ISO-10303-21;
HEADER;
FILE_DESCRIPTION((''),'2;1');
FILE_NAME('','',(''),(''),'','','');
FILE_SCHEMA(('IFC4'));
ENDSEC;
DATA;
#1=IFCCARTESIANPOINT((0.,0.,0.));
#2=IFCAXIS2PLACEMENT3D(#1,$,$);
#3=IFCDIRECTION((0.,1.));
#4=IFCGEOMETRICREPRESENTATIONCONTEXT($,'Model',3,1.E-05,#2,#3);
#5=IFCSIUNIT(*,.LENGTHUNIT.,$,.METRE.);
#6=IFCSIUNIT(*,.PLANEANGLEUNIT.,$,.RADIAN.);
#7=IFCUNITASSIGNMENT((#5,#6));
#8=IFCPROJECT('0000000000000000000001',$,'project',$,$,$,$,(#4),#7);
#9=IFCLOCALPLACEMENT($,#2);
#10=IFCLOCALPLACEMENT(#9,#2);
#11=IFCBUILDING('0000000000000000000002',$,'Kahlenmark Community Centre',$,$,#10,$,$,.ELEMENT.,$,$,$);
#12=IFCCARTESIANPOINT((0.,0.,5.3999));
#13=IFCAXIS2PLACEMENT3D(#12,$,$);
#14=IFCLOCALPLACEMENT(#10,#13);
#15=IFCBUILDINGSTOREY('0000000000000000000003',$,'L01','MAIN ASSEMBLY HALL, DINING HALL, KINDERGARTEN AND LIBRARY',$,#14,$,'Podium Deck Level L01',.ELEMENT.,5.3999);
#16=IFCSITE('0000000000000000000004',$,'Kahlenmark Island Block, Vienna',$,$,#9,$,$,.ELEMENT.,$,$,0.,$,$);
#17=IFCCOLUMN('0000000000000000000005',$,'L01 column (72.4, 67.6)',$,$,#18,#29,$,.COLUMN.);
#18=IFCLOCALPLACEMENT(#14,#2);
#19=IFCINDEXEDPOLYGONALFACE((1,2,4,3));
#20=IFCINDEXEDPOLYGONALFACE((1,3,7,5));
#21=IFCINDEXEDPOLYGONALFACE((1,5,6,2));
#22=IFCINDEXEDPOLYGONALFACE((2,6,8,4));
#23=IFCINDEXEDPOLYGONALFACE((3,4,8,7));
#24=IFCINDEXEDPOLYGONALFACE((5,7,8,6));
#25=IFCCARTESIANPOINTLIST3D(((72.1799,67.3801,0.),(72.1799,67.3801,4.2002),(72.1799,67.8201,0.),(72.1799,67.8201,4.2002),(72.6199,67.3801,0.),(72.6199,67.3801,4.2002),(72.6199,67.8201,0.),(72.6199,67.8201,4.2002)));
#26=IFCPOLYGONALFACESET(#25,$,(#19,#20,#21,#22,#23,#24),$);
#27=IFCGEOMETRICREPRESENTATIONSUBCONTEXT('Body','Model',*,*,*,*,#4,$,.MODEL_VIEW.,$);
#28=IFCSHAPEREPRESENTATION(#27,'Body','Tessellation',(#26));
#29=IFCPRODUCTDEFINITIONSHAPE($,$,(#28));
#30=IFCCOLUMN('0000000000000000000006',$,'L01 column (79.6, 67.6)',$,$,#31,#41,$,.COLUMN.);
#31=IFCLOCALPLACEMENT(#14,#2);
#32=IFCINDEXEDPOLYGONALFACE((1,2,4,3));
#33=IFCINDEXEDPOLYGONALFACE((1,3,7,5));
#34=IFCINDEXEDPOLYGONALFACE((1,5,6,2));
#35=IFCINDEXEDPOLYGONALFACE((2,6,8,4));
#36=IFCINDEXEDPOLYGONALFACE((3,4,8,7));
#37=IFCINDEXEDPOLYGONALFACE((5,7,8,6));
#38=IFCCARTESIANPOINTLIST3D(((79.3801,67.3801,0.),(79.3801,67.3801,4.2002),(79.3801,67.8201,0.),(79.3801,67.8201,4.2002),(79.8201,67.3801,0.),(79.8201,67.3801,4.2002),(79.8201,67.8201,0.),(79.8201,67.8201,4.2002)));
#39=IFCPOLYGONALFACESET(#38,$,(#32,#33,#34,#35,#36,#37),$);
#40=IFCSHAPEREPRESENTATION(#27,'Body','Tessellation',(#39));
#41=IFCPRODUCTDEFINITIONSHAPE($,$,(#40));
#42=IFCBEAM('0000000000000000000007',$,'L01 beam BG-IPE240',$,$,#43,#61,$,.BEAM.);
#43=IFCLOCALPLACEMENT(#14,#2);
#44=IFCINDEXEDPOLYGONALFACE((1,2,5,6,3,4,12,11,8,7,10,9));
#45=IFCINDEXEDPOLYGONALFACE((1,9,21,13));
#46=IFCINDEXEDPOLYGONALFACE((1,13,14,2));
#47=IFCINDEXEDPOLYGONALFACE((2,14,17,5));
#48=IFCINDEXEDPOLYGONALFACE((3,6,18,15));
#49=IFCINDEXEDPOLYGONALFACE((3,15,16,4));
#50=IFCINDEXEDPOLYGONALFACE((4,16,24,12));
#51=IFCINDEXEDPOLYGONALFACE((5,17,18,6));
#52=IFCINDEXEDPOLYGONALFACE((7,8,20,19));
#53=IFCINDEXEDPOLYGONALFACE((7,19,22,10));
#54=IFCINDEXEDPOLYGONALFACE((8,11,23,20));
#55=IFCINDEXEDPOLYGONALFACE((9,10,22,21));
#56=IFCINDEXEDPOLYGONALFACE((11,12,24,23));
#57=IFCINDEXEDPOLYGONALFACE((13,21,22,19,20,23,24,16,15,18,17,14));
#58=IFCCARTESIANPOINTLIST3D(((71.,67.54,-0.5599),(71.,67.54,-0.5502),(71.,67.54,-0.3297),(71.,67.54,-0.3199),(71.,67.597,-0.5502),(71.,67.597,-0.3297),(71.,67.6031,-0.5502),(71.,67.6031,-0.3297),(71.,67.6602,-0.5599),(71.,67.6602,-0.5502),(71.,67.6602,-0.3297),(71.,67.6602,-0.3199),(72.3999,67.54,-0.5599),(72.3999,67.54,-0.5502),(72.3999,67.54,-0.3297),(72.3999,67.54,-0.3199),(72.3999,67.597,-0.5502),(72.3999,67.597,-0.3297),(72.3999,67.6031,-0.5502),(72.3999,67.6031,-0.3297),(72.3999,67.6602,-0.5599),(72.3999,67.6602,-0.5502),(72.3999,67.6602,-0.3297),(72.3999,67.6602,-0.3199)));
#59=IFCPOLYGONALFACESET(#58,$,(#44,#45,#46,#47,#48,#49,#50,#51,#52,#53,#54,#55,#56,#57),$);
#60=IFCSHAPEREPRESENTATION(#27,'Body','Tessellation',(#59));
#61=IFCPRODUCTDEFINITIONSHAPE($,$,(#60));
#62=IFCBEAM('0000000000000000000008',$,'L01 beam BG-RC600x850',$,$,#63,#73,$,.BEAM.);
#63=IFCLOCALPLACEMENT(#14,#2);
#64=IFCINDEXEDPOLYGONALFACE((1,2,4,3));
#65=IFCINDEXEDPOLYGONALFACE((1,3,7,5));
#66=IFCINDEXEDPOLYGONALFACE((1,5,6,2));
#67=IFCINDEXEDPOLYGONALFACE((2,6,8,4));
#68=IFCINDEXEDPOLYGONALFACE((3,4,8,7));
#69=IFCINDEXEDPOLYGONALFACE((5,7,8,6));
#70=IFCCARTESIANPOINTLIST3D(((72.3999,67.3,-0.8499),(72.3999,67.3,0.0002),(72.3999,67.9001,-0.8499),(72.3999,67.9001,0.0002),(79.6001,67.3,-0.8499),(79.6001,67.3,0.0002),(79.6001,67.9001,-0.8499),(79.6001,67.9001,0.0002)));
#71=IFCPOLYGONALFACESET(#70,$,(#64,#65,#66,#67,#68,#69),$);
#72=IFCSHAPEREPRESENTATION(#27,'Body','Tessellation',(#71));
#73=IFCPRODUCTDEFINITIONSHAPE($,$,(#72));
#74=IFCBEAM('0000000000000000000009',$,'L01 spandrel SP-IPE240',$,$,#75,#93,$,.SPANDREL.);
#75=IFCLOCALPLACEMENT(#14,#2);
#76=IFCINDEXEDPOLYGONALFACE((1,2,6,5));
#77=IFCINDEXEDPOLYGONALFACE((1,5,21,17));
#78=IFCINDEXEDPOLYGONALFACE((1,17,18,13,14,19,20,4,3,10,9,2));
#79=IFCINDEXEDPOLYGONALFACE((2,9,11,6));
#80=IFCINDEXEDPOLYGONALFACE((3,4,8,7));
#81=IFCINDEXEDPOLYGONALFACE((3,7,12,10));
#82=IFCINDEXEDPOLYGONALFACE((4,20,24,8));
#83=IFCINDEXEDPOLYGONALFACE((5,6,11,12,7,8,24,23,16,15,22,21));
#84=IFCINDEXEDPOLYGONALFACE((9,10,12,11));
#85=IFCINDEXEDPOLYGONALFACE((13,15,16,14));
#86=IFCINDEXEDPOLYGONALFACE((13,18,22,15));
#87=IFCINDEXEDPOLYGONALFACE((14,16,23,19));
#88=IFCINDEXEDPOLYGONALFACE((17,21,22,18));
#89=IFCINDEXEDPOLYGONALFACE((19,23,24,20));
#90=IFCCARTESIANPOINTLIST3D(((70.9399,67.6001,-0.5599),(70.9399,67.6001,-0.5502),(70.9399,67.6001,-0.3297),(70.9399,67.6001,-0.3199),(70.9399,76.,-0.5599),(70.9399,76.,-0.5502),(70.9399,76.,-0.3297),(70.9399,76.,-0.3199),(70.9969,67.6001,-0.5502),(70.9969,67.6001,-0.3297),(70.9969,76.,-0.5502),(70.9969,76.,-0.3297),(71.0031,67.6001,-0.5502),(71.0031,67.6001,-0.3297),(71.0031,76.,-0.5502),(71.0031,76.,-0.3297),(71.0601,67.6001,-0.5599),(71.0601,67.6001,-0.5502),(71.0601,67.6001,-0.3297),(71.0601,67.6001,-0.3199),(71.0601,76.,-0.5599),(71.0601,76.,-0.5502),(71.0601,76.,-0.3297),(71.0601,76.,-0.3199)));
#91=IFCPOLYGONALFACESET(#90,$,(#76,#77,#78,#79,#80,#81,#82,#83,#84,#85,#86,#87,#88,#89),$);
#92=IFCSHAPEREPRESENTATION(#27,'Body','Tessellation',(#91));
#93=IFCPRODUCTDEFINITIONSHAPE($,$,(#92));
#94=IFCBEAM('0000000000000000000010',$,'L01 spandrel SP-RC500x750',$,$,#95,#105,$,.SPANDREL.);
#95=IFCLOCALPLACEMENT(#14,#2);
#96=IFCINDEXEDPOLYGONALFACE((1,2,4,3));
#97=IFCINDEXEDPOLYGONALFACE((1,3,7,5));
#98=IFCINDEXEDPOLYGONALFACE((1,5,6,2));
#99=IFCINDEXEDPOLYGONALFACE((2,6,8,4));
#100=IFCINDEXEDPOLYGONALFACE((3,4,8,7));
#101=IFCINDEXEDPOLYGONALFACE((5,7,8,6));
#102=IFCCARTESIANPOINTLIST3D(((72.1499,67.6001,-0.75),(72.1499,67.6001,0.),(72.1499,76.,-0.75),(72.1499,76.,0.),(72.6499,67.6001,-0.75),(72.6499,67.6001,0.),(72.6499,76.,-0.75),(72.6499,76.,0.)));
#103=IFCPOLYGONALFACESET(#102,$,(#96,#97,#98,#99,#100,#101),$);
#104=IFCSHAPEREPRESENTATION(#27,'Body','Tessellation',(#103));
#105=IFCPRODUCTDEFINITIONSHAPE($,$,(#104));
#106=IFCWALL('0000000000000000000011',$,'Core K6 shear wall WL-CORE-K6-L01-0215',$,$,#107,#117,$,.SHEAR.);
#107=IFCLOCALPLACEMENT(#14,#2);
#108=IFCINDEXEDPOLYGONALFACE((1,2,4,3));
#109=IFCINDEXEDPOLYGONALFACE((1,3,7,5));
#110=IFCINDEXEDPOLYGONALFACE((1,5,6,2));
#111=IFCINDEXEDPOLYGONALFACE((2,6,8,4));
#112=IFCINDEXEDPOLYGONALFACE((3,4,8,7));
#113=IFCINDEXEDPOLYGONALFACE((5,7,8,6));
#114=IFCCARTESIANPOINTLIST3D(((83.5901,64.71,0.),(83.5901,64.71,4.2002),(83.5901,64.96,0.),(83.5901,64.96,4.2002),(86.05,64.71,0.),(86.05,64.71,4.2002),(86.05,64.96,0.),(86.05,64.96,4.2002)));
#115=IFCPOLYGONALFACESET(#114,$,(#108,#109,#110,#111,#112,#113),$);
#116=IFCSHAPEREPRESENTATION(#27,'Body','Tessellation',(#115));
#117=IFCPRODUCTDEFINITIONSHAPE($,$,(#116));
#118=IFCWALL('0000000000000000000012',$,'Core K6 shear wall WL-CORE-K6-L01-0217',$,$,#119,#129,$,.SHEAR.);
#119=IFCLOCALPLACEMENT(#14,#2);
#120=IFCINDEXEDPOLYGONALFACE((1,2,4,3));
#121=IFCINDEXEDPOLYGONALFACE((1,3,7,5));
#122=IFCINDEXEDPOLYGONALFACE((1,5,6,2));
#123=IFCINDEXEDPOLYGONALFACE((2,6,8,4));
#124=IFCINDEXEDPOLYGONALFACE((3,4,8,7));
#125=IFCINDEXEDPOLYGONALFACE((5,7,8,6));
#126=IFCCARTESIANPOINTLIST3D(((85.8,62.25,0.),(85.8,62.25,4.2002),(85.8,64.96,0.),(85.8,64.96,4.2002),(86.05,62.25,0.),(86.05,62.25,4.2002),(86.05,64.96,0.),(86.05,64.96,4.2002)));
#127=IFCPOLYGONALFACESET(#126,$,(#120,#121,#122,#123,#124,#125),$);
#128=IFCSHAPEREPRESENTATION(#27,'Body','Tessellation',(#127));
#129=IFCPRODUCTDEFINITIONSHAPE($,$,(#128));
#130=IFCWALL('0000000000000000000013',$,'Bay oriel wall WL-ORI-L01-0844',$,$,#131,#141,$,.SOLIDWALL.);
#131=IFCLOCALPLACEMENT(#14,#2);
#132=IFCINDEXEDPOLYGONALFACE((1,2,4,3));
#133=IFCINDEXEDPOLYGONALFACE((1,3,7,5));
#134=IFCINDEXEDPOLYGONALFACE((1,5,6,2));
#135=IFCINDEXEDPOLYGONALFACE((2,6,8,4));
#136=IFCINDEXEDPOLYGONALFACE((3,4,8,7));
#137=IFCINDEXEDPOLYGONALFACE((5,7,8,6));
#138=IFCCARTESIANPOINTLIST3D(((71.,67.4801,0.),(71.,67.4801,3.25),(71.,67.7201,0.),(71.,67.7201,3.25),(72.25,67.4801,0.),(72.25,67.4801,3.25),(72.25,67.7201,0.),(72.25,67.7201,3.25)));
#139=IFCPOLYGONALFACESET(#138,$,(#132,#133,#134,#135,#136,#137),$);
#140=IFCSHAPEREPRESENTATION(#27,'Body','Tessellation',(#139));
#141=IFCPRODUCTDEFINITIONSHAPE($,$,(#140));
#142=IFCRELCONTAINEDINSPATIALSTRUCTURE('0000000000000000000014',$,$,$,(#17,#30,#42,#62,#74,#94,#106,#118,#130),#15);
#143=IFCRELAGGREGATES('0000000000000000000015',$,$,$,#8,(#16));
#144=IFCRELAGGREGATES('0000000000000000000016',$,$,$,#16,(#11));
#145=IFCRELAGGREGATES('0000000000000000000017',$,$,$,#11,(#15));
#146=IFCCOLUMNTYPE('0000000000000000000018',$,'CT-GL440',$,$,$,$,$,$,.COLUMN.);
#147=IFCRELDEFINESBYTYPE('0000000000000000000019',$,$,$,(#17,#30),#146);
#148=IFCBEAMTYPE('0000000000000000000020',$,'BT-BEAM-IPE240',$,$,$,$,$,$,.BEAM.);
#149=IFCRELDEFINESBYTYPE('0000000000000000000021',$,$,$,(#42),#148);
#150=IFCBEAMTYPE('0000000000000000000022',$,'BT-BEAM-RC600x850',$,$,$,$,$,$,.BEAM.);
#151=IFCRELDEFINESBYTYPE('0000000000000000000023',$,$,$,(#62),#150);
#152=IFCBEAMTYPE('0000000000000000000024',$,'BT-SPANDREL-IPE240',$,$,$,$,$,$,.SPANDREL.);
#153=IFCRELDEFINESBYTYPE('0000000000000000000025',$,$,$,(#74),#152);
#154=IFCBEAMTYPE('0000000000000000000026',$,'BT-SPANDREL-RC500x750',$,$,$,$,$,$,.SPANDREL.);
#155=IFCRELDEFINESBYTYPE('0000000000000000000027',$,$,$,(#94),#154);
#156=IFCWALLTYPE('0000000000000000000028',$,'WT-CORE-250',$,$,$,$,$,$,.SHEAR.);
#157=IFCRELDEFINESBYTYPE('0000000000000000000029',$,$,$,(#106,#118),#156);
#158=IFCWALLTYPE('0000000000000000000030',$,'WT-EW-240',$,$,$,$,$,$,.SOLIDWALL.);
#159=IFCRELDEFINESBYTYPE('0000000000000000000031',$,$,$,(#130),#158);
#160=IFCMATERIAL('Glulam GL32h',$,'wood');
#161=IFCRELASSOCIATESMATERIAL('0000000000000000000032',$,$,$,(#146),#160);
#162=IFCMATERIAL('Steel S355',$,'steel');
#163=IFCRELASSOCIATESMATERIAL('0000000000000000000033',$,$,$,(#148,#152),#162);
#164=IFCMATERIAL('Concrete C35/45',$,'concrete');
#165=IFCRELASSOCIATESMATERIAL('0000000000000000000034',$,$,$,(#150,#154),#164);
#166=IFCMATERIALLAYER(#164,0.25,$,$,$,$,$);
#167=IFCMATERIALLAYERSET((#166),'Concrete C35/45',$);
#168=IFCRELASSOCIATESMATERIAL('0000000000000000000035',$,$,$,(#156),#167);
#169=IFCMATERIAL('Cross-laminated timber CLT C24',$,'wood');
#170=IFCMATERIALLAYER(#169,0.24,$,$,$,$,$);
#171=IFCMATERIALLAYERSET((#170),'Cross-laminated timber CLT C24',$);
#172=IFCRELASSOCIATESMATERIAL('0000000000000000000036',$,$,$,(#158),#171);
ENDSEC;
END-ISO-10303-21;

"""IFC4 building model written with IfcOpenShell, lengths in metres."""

from ifc_helpers import new_model, si_unit, direction, frame, frame_2d, origin, origin_2d, place, context, subcontext, project, spatial, rectangle, i_section, extrude, material, layer, layer_set, material_profile, profile_set, type_object, element, save


model = new_model("IFC4")

# Units and contexts
model_context = context("Model", 3, precision=1e-05, world=origin(), true_north=direction((0.0, 1.0)))
body_context = subcontext(model_context, "Body", "Model", "MODEL_VIEW")
ifc_project = project(units=[si_unit("LENGTHUNIT", "METRE"), si_unit("PLANEANGLEUNIT", "RADIAN")], contexts=[model_context])

# Site, building, storey
site_placement = place(None, origin())
site = spatial("IfcSite", under=ifc_project, at=site_placement, Name="Kahlenmark Island Block, Vienna", CompositionType="ELEMENT", RefElevation=0.0)
building_placement = place(site_placement, origin())
building = spatial("IfcBuilding", under=site, at=building_placement, Name="Kahlenmark Community Centre", CompositionType="ELEMENT")
storey_placement = place(building_placement, frame((0.0, 0.0, 5.3999)))
storey = spatial("IfcBuildingStorey", under=building, at=storey_placement, Name="L01", Description="MAIN ASSEMBLY HALL, DINING HALL, KINDERGARTEN AND LIBRARY", LongName="Podium Deck Level L01", CompositionType="ELEMENT", Elevation=5.3999)

# Columns
ifc_material_1 = material(Name="Glulam GL32h", Category="wood")
ifc_material_profile_1 = material_profile(ifc_material_1, rectangle(XDim=0.4399, YDim=0.4399, at=origin_2d()), Name="GL32h 440x440")
ifc_profile_set_1 = profile_set([ifc_material_profile_1], Name="Glulam GL32h")
column_type = type_object("IfcColumnType", Name="CT-GL440", PredefinedType="COLUMN", material=ifc_profile_set_1)
for number, where, z_axis, x_axis, name in (
    (1, (72.3999, 67.6001, 0.0), (0.0, 0.0, 1.0), (1.0, 0.0, 0.0), "L01 column (72.4, 67.6)"),
    (2, (79.6001, 67.6001, 0.0), (0.0, 0.0, 1.0), (1.0, 0.0, 0.0), "L01 column (79.6, 67.6)"),
):
    element("IfcColumn", number, at=place(storey_placement, frame(where, z_axis=z_axis, x_axis=x_axis)), inside=storey, type_object=column_type, Name=name, PredefinedType="COLUMN", context=body_context, shape_type="SweptSolid", body=[
        extrude(rectangle(XDim=0.4399, YDim=0.4399, at=origin_2d()), origin(), (0.0, 0.0, 1.0), 4.2002),
    ])

# Beams
ifc_material_2 = material(Name="Steel S355", Category="steel")
ifc_material_profile_2 = material_profile(ifc_material_2, i_section(OverallWidth=0.1201, OverallDepth=0.24, WebThickness=0.0061, FlangeThickness=0.0098, at=origin_2d()), Name="IPE 240")
ifc_profile_set_2 = profile_set([ifc_material_profile_2], Name="Steel S355")
beam_type_1 = type_object("IfcBeamType", Name="BT-BEAM-IPE240", PredefinedType="BEAM", material=ifc_profile_set_2)
beam_1_placement = place(storey_placement, frame((71.0, 67.6001, -0.4399), z_axis=(1.0, 0.0, 0.0), x_axis=(0.0, 1.0, 0.0)))
element("IfcBeam", 3, at=beam_1_placement, inside=storey, type_object=beam_type_1, Name="L01 beam BG-IPE240", PredefinedType="BEAM", context=body_context, shape_type="SweptSolid", body=[
    extrude(i_section(OverallWidth=0.1201, OverallDepth=0.24, WebThickness=0.0061, FlangeThickness=0.0098, at=origin_2d()), origin(), (0.0, 0.0, 1.0), 1.3999),
])
ifc_material_3 = material(Name="Concrete C35/45", Category="concrete")
ifc_material_profile_3 = material_profile(ifc_material_3, rectangle(XDim=0.6001, YDim=0.8501, at=origin_2d()), Name="RC 600x850")
ifc_profile_set_3 = profile_set([ifc_material_profile_3], Name="Concrete C35/45")
beam_type_2 = type_object("IfcBeamType", Name="BT-BEAM-RC600x850", PredefinedType="BEAM", material=ifc_profile_set_3)
beam_2_placement = place(storey_placement, frame((72.3999, 67.6001, -0.4248), z_axis=(1.0, 0.0, 0.0), x_axis=(0.0, 1.0, 0.0)))
element("IfcBeam", 4, at=beam_2_placement, inside=storey, type_object=beam_type_2, Name="L01 beam BG-RC600x850", PredefinedType="BEAM", context=body_context, shape_type="SweptSolid", body=[
    extrude(rectangle(XDim=0.6001, YDim=0.8501, at=origin_2d()), origin(), (0.0, 0.0, 1.0), 7.2002),
])
ifc_material_profile_4 = material_profile(ifc_material_2, i_section(OverallWidth=0.1201, OverallDepth=0.24, WebThickness=0.0061, FlangeThickness=0.0098, at=origin_2d()), Name="IPE 240")
ifc_profile_set_4 = profile_set([ifc_material_profile_4], Name="Steel S355")
beam_type_3 = type_object("IfcBeamType", Name="BT-SPANDREL-IPE240", PredefinedType="SPANDREL", material=ifc_profile_set_4)
beam_3_placement = place(storey_placement, frame((71.0, 67.6001, -0.4399), z_axis=(0.0, 1.0, 0.0), x_axis=(-1.0, 0.0, 0.0)))
element("IfcBeam", 5, at=beam_3_placement, inside=storey, type_object=beam_type_3, Name="L01 spandrel SP-IPE240", PredefinedType="SPANDREL", context=body_context, shape_type="SweptSolid", body=[
    extrude(i_section(OverallWidth=0.1201, OverallDepth=0.24, WebThickness=0.0061, FlangeThickness=0.0098, at=origin_2d()), origin(), (0.0, 0.0, 1.0), 8.3999),
])
ifc_material_profile_5 = material_profile(ifc_material_3, rectangle(XDim=0.5, YDim=0.75, at=origin_2d()), Name="RC 500x750")
ifc_profile_set_5 = profile_set([ifc_material_profile_5], Name="Concrete C35/45")
beam_type_4 = type_object("IfcBeamType", Name="BT-SPANDREL-RC500x750", PredefinedType="SPANDREL", material=ifc_profile_set_5)
beam_4_placement = place(storey_placement, frame((72.3999, 67.6001, -0.375), z_axis=(0.0, 1.0, 0.0), x_axis=(-1.0, 0.0, 0.0)))
element("IfcBeam", 6, at=beam_4_placement, inside=storey, type_object=beam_type_4, Name="L01 spandrel SP-RC500x750", PredefinedType="SPANDREL", context=body_context, shape_type="SweptSolid", body=[
    extrude(rectangle(XDim=0.5, YDim=0.75, at=origin_2d()), origin(), (0.0, 0.0, 1.0), 8.3999),
])

# Wall
ifc_layer_1 = layer(ifc_material_3, 0.25)
ifc_layer_set_1 = layer_set([ifc_layer_1], Name="Concrete C35/45")
wall_type_1 = type_object("IfcWallType", Name="WT-CORE-250", PredefinedType="SHEAR", material=ifc_layer_set_1)
wall_1_placement = place(storey_placement, frame((83.5901, 64.835, 0.0), z_axis=(0.0, 0.0, 1.0), x_axis=(1.0, 0.0, 0.0)))
element("IfcWall", 7, at=wall_1_placement, inside=storey, type_object=wall_type_1, Name="Core K6 shear wall WL-CORE-K6-L01-0215", PredefinedType="SHEAR", context=body_context, shape_type="SweptSolid", body=[
    extrude(rectangle(XDim=2.46, YDim=0.25, at=frame_2d((1.23, 0.0))), origin(), (0.0, 0.0, 1.0), 4.2002),
])

# Walls
wall_2_placement = place(storey_placement, frame((85.925, 62.25, 0.0), z_axis=(0.0, 0.0, 1.0), x_axis=(0.0, 1.0, 0.0)))
element("IfcWall", 8, at=wall_2_placement, inside=storey, type_object=wall_type_1, Name="Core K6 shear wall WL-CORE-K6-L01-0217", PredefinedType="SHEAR", context=body_context, shape_type="SweptSolid", body=[
    extrude(rectangle(XDim=2.71, YDim=0.25, at=frame_2d((1.355, 0.0))), origin(), (0.0, 0.0, 1.0), 4.2002),
])
ifc_material_4 = material(Name="Cross-laminated timber CLT C24", Category="wood")
ifc_layer_2 = layer(ifc_material_4, 0.24)
ifc_layer_set_2 = layer_set([ifc_layer_2], Name="Cross-laminated timber CLT C24")
wall_type_2 = type_object("IfcWallType", Name="WT-EW-240", PredefinedType="SOLIDWALL", material=ifc_layer_set_2)
wall_3_placement = place(storey_placement, frame((72.25, 67.6001, 0.0), z_axis=(0.0, 0.0, 1.0), x_axis=(-1.0, 0.0, 0.0)))
element("IfcWall", 9, at=wall_3_placement, inside=storey, type_object=wall_type_2, Name="Bay oriel wall WL-ORI-L01-0844", PredefinedType="SOLIDWALL", context=body_context, shape_type="SweptSolid", body=[
    extrude(rectangle(XDim=1.25, YDim=0.24, at=frame_2d((0.625, 0.0))), origin(), (0.0, 0.0, 1.0), 3.25),
])

save(model, "model.ifc")
